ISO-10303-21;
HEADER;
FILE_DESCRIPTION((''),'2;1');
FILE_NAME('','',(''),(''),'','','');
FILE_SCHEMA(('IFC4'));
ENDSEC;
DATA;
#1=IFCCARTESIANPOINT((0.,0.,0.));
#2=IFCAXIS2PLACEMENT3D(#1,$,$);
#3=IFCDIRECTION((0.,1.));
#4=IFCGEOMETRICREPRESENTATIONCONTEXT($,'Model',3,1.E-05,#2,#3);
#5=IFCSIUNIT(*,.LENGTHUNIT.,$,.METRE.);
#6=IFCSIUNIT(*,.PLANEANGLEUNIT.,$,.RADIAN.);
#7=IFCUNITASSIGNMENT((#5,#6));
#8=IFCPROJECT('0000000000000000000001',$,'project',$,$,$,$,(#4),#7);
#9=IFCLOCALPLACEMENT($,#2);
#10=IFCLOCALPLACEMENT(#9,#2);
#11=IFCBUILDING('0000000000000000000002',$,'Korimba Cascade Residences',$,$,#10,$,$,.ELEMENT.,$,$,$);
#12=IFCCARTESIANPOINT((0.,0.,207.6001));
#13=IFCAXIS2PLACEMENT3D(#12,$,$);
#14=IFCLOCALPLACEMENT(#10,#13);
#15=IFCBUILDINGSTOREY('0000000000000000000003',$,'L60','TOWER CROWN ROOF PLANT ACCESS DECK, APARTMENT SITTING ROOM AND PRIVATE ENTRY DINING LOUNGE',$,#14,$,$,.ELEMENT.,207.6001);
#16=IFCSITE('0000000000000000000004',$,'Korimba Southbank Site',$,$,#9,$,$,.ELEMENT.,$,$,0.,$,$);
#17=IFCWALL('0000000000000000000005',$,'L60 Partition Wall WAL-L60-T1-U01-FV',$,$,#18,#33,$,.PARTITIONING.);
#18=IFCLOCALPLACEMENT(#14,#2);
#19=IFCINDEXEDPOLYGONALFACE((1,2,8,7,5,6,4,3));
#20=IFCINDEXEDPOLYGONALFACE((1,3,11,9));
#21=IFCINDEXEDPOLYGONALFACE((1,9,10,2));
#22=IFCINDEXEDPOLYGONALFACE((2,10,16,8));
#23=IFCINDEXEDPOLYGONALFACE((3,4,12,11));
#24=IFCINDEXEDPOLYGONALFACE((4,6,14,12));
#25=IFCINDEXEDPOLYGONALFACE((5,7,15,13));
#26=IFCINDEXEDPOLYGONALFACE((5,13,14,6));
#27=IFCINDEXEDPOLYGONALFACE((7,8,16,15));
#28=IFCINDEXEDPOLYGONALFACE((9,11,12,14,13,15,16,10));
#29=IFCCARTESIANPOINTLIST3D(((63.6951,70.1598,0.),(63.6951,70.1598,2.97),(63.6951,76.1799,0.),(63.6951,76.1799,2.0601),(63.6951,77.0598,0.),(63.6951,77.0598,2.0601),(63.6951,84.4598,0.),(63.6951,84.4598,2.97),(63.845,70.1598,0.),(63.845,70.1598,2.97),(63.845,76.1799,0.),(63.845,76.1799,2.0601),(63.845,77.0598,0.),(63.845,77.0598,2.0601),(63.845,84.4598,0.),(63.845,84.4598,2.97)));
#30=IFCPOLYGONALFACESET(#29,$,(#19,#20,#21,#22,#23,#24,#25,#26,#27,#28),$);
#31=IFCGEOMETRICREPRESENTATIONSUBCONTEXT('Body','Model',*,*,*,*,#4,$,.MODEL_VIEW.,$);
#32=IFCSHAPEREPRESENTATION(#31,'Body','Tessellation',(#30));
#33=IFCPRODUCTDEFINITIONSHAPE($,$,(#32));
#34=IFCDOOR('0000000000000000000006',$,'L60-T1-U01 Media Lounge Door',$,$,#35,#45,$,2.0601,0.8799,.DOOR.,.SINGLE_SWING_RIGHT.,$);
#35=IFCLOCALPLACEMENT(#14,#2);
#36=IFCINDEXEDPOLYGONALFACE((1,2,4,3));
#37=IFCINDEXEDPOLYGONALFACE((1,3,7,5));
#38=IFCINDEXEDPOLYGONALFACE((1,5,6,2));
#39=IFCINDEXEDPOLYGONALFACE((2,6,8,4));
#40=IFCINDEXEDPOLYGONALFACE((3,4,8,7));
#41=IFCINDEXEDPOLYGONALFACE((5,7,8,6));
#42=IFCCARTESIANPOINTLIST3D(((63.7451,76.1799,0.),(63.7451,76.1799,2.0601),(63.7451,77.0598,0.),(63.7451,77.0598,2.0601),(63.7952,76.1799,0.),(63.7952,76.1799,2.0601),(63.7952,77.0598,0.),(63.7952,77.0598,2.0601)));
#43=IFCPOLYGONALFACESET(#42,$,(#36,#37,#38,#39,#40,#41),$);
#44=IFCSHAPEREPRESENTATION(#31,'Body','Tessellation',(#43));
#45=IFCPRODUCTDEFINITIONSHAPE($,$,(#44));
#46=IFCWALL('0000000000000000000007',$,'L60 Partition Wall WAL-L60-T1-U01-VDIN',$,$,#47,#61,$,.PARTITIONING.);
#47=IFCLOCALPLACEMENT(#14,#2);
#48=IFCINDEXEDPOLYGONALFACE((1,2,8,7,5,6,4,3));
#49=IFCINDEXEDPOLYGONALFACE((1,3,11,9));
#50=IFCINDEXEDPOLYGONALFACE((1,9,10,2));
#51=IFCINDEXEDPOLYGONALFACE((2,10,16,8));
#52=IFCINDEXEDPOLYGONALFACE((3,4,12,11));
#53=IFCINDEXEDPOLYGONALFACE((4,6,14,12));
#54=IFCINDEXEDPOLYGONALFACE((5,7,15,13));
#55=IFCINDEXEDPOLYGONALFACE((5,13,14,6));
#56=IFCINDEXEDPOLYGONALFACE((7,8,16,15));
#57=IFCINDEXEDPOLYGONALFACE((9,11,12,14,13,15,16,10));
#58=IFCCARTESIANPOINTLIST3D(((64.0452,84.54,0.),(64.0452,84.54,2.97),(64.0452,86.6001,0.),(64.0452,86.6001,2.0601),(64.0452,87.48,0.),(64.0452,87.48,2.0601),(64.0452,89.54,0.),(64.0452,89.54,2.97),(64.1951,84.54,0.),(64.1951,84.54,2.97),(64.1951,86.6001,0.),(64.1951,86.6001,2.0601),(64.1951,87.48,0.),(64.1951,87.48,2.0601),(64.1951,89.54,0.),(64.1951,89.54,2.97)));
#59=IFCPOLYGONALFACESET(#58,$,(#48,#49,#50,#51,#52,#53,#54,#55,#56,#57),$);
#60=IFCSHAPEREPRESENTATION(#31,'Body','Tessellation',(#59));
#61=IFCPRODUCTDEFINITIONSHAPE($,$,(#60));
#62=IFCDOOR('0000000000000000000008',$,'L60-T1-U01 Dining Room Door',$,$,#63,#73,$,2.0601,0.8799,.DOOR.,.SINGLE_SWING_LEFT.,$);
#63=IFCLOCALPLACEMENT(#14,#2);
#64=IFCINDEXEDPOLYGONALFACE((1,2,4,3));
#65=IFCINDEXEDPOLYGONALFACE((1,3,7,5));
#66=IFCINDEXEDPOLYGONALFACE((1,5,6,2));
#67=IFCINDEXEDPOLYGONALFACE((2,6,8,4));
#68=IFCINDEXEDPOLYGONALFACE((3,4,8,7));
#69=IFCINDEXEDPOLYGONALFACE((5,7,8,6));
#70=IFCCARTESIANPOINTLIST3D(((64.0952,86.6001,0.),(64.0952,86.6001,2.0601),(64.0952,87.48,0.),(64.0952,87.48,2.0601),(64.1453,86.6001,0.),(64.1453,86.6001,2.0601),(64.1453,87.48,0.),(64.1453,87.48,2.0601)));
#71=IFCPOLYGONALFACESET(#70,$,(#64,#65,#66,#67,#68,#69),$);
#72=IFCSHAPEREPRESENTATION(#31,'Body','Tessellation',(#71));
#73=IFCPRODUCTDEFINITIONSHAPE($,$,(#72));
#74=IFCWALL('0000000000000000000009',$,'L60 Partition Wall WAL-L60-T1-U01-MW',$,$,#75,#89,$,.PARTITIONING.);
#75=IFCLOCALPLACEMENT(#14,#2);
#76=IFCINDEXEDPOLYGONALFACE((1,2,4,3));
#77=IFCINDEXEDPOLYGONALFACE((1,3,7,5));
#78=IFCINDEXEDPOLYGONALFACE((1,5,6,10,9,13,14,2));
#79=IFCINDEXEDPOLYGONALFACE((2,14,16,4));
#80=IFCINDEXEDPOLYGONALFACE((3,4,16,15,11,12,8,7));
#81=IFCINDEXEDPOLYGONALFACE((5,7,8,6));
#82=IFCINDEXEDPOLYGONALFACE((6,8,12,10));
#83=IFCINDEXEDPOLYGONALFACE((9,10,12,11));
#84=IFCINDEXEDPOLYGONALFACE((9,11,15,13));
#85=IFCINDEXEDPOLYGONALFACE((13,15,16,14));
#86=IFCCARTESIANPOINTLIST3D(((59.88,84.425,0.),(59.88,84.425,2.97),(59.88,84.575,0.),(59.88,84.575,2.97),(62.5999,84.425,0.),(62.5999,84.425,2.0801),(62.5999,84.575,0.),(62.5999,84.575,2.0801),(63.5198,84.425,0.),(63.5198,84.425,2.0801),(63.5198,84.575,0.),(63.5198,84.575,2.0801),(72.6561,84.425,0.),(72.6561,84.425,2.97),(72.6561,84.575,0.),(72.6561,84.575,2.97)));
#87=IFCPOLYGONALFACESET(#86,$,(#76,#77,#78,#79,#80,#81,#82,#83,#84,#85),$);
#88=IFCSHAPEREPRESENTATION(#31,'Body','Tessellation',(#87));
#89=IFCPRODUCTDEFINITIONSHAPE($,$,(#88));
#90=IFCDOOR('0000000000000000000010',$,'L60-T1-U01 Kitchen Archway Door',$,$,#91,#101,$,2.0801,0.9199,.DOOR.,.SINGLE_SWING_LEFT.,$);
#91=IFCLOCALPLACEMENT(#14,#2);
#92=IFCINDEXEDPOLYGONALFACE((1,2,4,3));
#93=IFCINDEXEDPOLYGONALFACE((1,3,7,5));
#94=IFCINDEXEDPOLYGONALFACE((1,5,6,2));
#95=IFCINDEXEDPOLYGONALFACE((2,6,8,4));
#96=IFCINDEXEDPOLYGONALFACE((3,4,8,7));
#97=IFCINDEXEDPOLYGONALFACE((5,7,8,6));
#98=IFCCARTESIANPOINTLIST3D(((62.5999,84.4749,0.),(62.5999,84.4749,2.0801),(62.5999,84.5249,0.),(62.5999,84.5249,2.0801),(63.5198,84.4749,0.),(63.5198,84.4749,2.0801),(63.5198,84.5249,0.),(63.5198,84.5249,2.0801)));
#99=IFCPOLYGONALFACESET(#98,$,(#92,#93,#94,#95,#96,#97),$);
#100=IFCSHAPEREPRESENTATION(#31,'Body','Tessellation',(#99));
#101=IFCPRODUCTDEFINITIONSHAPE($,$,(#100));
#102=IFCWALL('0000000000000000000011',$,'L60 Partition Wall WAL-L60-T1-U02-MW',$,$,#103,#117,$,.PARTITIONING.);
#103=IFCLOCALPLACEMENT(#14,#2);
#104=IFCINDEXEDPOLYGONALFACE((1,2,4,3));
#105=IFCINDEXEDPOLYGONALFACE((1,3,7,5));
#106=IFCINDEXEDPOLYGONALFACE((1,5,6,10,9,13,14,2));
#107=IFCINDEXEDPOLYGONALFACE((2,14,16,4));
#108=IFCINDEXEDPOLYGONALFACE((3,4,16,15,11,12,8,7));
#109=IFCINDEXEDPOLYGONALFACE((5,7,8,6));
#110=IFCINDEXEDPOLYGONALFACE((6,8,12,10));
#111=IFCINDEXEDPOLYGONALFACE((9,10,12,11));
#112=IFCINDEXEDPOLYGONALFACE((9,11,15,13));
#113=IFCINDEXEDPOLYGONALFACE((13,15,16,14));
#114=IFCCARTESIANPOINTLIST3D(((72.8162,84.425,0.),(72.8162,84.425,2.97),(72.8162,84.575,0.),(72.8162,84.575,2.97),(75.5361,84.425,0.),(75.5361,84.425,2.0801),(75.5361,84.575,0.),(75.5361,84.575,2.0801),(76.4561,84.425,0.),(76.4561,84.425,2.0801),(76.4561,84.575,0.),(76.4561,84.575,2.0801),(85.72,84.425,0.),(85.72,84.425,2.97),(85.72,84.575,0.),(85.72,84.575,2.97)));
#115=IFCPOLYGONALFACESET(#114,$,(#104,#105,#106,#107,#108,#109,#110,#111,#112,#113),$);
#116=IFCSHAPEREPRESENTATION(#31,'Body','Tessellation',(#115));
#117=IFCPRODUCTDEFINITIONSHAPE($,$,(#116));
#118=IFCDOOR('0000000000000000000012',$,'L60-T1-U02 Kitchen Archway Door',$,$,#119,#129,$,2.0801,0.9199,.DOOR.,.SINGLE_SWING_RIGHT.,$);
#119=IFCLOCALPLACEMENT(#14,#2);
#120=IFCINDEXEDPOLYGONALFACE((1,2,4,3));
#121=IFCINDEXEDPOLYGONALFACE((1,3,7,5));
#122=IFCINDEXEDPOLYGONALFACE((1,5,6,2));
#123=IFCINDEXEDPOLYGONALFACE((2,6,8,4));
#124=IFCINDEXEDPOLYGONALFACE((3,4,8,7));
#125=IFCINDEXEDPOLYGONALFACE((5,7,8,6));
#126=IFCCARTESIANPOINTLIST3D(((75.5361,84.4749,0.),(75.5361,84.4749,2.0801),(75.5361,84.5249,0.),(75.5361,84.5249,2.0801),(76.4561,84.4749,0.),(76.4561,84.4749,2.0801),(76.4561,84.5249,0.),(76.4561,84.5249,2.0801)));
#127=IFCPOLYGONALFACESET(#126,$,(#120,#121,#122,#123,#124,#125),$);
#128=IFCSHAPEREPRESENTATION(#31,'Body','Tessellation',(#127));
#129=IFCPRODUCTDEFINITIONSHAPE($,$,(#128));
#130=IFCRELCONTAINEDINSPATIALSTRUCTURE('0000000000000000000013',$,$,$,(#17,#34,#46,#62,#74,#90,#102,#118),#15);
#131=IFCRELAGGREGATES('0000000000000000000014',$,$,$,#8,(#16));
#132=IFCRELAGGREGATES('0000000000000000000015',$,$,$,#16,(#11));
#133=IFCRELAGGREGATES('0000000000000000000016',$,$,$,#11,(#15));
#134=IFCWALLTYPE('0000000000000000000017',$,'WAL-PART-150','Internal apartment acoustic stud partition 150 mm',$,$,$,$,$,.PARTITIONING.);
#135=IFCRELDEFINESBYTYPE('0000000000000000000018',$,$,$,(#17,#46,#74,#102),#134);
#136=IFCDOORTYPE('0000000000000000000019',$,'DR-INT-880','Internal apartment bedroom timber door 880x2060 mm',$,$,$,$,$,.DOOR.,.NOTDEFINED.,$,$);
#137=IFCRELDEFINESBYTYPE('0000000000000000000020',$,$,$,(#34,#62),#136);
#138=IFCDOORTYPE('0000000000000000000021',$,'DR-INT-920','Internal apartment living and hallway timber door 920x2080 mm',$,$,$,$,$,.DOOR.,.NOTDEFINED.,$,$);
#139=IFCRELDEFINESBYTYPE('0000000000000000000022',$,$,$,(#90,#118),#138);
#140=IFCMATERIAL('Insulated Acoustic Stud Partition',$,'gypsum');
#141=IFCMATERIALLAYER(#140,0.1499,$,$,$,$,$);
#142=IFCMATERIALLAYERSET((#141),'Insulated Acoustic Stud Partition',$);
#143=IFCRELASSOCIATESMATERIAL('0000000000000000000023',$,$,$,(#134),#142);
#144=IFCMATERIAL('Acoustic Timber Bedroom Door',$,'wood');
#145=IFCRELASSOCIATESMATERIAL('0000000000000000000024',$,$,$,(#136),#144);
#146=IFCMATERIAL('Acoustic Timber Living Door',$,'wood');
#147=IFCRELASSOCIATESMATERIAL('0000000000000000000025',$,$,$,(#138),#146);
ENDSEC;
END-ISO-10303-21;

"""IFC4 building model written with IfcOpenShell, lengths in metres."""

from ifc_helpers import new_model, si_unit, direction, frame, frame_2d, origin, place, context, subcontext, project, spatial, rectangle, extrude, material, layer, layer_set, type_object, element, fill, save


model = new_model("IFC4")

# Units and contexts
model_context = context("Model", 3, precision=1e-05, world=origin(), true_north=direction((0.0, 1.0)))
body_context = subcontext(model_context, "Body", "Model", "MODEL_VIEW")
ifc_project = project(units=[si_unit("LENGTHUNIT", "METRE"), si_unit("PLANEANGLEUNIT", "RADIAN")], contexts=[model_context])

# Site, building, storey
site_placement = place(None, origin())
site = spatial("IfcSite", under=ifc_project, at=site_placement, Name="Korimba Southbank Site", CompositionType="ELEMENT", RefElevation=0.0)
building_placement = place(site_placement, origin())
building = spatial("IfcBuilding", under=site, at=building_placement, Name="Korimba Cascade Residences", CompositionType="ELEMENT")
storey_placement = place(building_placement, frame((0.0, 0.0, 207.6001)))
storey = spatial("IfcBuildingStorey", under=building, at=storey_placement, Name="L60", Description="TOWER CROWN ROOF PLANT ACCESS DECK, APARTMENT SITTING ROOM AND PRIVATE ENTRY DINING LOUNGE", CompositionType="ELEMENT", Elevation=207.6001)

# Walls, openings, doors
ifc_material_1 = material(Name="Insulated Acoustic Stud Partition", Category="gypsum")
ifc_layer_1 = layer(ifc_material_1, 0.1499)
ifc_layer_set_1 = layer_set([ifc_layer_1], Name="Insulated Acoustic Stud Partition")
wall_type_1 = type_object("IfcWallType", Name="WAL-PART-150", Description="Internal apartment acoustic stud partition 150 mm", PredefinedType="PARTITIONING", material=ifc_layer_set_1)
ifc_material_2 = material(Name="Acoustic Timber Bedroom Door", Category="wood")
door_type_1 = type_object("IfcDoorType", Name="DR-INT-880", Description="Internal apartment bedroom timber door 880x2060 mm", OperationType="NOTDEFINED", PredefinedType="DOOR", material=ifc_material_2)
wall_1_placement = place(storey_placement, frame((63.77, 70.1599, 0.0), z_axis=(0.0, 0.0, 1.0), x_axis=(0.0, 1.0, 0.0)))
wall_1 = element("IfcWall", 1, at=wall_1_placement, inside=storey, type_object=wall_type_1, Name="L60 Partition Wall WAL-L60-T1-U01-FV", PredefinedType="PARTITIONING", context=body_context, shape_type="SweptSolid", body=[
    extrude(rectangle(XDim=14.3, YDim=0.1499, at=frame_2d((7.1499, 0.0))), origin(), (0.0, 0.0, 1.0), 2.97),
])
opening_1_placement = place(wall_1_placement, frame((6.02, 0.0, 0.0)))
opening_1 = element("IfcOpeningElement", 2, at=opening_1_placement, cuts=wall_1, PredefinedType="OPENING", context=body_context, shape_type="SweptSolid", body=[
    extrude(rectangle(XDim=0.8799, YDim=2.0601, at=frame_2d((0.4399, 1.03))), frame((0.0, 0.085, 0.0), z_axis=(0.0, -1.0, 0.0), x_axis=(1.0, 0.0, 0.0)), (0.0, 0.0, 1.0), 0.1699),
])
door_1_placement = place(opening_1_placement, origin())
door_1 = element("IfcDoor", 3, at=door_1_placement, inside=storey, type_object=door_type_1, Name="L60-T1-U01 Media Lounge Door", OperationType="SINGLE_SWING_RIGHT", OverallHeight=2.0601, OverallWidth=0.8799, PredefinedType="DOOR", context=body_context, shape_type="SweptSolid", body=[
    extrude(rectangle(XDim=0.8799, YDim=2.0601, at=frame_2d((0.4399, 1.03))), frame((0.0, 0.0249, 0.0), z_axis=(0.0, -1.0, 0.0), x_axis=(1.0, 0.0, 0.0)), (0.0, 0.0, 1.0), 0.05),
])
fill(opening_1, door_1)
wall_2_placement = place(storey_placement, frame((64.1201, 84.54, 0.0), z_axis=(0.0, 0.0, 1.0), x_axis=(0.0, 1.0, 0.0)))
wall_2 = element("IfcWall", 4, at=wall_2_placement, inside=storey, type_object=wall_type_1, Name="L60 Partition Wall WAL-L60-T1-U01-VDIN", PredefinedType="PARTITIONING", context=body_context, shape_type="SweptSolid", body=[
    extrude(rectangle(XDim=5.0, YDim=0.1499, at=frame_2d((2.5, 0.0))), origin(), (0.0, 0.0, 1.0), 2.97),
])
opening_2_placement = place(wall_2_placement, frame((2.0601, 0.0, 0.0)))
opening_2 = element("IfcOpeningElement", 5, at=opening_2_placement, cuts=wall_2, PredefinedType="OPENING", context=body_context, shape_type="SweptSolid", body=[
    extrude(rectangle(XDim=0.8799, YDim=2.0601, at=frame_2d((0.4399, 1.03))), frame((0.0, 0.085, 0.0), z_axis=(0.0, -1.0, 0.0), x_axis=(1.0, 0.0, 0.0)), (0.0, 0.0, 1.0), 0.1699),
])
door_2_placement = place(opening_2_placement, origin())
door_2 = element("IfcDoor", 6, at=door_2_placement, inside=storey, type_object=door_type_1, Name="L60-T1-U01 Dining Room Door", OperationType="SINGLE_SWING_LEFT", OverallHeight=2.0601, OverallWidth=0.8799, PredefinedType="DOOR", context=body_context, shape_type="SweptSolid", body=[
    extrude(rectangle(XDim=0.8799, YDim=2.0601, at=frame_2d((0.4399, 1.03))), frame((0.0, 0.0249, 0.0), z_axis=(0.0, -1.0, 0.0), x_axis=(1.0, 0.0, 0.0)), (0.0, 0.0, 1.0), 0.05),
])
fill(opening_2, door_2)
wall_3_placement = place(storey_placement, frame((59.8799, 84.5, 0.0), z_axis=(0.0, 0.0, 1.0), x_axis=(1.0, 0.0, 0.0)))
wall_3 = element("IfcWall", 7, at=wall_3_placement, inside=storey, type_object=wall_type_1, Name="L60 Partition Wall WAL-L60-T1-U01-MW", PredefinedType="PARTITIONING", context=body_context, shape_type="SweptSolid", body=[
    extrude(rectangle(XDim=12.7761, YDim=0.1499, at=frame_2d((6.3882, 0.0))), origin(), (0.0, 0.0, 1.0), 2.97),
])
opening_3_placement = place(wall_3_placement, frame((2.72, 0.0, 0.0)))
opening_3 = element("IfcOpeningElement", 8, at=opening_3_placement, cuts=wall_3, PredefinedType="OPENING", context=body_context, shape_type="SweptSolid", body=[
    extrude(rectangle(XDim=0.9199, YDim=2.0801, at=frame_2d((0.46, 1.04))), frame((0.0, 0.085, 0.0), z_axis=(0.0, -1.0, 0.0), x_axis=(1.0, 0.0, 0.0)), (0.0, 0.0, 1.0), 0.1699),
])
ifc_material_3 = material(Name="Acoustic Timber Living Door", Category="wood")
door_type_2 = type_object("IfcDoorType", Name="DR-INT-920", Description="Internal apartment living and hallway timber door 920x2080 mm", OperationType="NOTDEFINED", PredefinedType="DOOR", material=ifc_material_3)
door_3_placement = place(opening_3_placement, origin())
door_3 = element("IfcDoor", 9, at=door_3_placement, inside=storey, type_object=door_type_2, Name="L60-T1-U01 Kitchen Archway Door", OperationType="SINGLE_SWING_LEFT", OverallHeight=2.0801, OverallWidth=0.9199, PredefinedType="DOOR", context=body_context, shape_type="SweptSolid", body=[
    extrude(rectangle(XDim=0.9199, YDim=2.0801, at=frame_2d((0.46, 1.04))), frame((0.0, 0.0249, 0.0), z_axis=(0.0, -1.0, 0.0), x_axis=(1.0, 0.0, 0.0)), (0.0, 0.0, 1.0), 0.05),
])
fill(opening_3, door_3)
wall_4_placement = place(storey_placement, frame((72.8162, 84.5, 0.0), z_axis=(0.0, 0.0, 1.0), x_axis=(1.0, 0.0, 0.0)))
wall_4 = element("IfcWall", 10, at=wall_4_placement, inside=storey, type_object=wall_type_1, Name="L60 Partition Wall WAL-L60-T1-U02-MW", PredefinedType="PARTITIONING", context=body_context, shape_type="SweptSolid", body=[
    extrude(rectangle(XDim=12.9038, YDim=0.1499, at=frame_2d((6.4519, 0.0))), origin(), (0.0, 0.0, 1.0), 2.97),
])
opening_4_placement = place(wall_4_placement, frame((2.72, 0.0, 0.0)))
opening_4 = element("IfcOpeningElement", 11, at=opening_4_placement, cuts=wall_4, PredefinedType="OPENING", context=body_context, shape_type="SweptSolid", body=[
    extrude(rectangle(XDim=0.9199, YDim=2.0801, at=frame_2d((0.46, 1.04))), frame((0.0, 0.085, 0.0), z_axis=(0.0, -1.0, 0.0), x_axis=(1.0, 0.0, 0.0)), (0.0, 0.0, 1.0), 0.1699),
])
door_4_placement = place(opening_4_placement, origin())
door_4 = element("IfcDoor", 12, at=door_4_placement, inside=storey, type_object=door_type_2, Name="L60-T1-U02 Kitchen Archway Door", OperationType="SINGLE_SWING_RIGHT", OverallHeight=2.0801, OverallWidth=0.9199, PredefinedType="DOOR", context=body_context, shape_type="SweptSolid", body=[
    extrude(rectangle(XDim=0.9199, YDim=2.0801, at=frame_2d((0.46, 1.04))), frame((0.0, 0.0249, 0.0), z_axis=(0.0, -1.0, 0.0), x_axis=(1.0, 0.0, 0.0)), (0.0, 0.0, 1.0), 0.05),
])
fill(opening_4, door_4)

save(model, "model.ifc")
